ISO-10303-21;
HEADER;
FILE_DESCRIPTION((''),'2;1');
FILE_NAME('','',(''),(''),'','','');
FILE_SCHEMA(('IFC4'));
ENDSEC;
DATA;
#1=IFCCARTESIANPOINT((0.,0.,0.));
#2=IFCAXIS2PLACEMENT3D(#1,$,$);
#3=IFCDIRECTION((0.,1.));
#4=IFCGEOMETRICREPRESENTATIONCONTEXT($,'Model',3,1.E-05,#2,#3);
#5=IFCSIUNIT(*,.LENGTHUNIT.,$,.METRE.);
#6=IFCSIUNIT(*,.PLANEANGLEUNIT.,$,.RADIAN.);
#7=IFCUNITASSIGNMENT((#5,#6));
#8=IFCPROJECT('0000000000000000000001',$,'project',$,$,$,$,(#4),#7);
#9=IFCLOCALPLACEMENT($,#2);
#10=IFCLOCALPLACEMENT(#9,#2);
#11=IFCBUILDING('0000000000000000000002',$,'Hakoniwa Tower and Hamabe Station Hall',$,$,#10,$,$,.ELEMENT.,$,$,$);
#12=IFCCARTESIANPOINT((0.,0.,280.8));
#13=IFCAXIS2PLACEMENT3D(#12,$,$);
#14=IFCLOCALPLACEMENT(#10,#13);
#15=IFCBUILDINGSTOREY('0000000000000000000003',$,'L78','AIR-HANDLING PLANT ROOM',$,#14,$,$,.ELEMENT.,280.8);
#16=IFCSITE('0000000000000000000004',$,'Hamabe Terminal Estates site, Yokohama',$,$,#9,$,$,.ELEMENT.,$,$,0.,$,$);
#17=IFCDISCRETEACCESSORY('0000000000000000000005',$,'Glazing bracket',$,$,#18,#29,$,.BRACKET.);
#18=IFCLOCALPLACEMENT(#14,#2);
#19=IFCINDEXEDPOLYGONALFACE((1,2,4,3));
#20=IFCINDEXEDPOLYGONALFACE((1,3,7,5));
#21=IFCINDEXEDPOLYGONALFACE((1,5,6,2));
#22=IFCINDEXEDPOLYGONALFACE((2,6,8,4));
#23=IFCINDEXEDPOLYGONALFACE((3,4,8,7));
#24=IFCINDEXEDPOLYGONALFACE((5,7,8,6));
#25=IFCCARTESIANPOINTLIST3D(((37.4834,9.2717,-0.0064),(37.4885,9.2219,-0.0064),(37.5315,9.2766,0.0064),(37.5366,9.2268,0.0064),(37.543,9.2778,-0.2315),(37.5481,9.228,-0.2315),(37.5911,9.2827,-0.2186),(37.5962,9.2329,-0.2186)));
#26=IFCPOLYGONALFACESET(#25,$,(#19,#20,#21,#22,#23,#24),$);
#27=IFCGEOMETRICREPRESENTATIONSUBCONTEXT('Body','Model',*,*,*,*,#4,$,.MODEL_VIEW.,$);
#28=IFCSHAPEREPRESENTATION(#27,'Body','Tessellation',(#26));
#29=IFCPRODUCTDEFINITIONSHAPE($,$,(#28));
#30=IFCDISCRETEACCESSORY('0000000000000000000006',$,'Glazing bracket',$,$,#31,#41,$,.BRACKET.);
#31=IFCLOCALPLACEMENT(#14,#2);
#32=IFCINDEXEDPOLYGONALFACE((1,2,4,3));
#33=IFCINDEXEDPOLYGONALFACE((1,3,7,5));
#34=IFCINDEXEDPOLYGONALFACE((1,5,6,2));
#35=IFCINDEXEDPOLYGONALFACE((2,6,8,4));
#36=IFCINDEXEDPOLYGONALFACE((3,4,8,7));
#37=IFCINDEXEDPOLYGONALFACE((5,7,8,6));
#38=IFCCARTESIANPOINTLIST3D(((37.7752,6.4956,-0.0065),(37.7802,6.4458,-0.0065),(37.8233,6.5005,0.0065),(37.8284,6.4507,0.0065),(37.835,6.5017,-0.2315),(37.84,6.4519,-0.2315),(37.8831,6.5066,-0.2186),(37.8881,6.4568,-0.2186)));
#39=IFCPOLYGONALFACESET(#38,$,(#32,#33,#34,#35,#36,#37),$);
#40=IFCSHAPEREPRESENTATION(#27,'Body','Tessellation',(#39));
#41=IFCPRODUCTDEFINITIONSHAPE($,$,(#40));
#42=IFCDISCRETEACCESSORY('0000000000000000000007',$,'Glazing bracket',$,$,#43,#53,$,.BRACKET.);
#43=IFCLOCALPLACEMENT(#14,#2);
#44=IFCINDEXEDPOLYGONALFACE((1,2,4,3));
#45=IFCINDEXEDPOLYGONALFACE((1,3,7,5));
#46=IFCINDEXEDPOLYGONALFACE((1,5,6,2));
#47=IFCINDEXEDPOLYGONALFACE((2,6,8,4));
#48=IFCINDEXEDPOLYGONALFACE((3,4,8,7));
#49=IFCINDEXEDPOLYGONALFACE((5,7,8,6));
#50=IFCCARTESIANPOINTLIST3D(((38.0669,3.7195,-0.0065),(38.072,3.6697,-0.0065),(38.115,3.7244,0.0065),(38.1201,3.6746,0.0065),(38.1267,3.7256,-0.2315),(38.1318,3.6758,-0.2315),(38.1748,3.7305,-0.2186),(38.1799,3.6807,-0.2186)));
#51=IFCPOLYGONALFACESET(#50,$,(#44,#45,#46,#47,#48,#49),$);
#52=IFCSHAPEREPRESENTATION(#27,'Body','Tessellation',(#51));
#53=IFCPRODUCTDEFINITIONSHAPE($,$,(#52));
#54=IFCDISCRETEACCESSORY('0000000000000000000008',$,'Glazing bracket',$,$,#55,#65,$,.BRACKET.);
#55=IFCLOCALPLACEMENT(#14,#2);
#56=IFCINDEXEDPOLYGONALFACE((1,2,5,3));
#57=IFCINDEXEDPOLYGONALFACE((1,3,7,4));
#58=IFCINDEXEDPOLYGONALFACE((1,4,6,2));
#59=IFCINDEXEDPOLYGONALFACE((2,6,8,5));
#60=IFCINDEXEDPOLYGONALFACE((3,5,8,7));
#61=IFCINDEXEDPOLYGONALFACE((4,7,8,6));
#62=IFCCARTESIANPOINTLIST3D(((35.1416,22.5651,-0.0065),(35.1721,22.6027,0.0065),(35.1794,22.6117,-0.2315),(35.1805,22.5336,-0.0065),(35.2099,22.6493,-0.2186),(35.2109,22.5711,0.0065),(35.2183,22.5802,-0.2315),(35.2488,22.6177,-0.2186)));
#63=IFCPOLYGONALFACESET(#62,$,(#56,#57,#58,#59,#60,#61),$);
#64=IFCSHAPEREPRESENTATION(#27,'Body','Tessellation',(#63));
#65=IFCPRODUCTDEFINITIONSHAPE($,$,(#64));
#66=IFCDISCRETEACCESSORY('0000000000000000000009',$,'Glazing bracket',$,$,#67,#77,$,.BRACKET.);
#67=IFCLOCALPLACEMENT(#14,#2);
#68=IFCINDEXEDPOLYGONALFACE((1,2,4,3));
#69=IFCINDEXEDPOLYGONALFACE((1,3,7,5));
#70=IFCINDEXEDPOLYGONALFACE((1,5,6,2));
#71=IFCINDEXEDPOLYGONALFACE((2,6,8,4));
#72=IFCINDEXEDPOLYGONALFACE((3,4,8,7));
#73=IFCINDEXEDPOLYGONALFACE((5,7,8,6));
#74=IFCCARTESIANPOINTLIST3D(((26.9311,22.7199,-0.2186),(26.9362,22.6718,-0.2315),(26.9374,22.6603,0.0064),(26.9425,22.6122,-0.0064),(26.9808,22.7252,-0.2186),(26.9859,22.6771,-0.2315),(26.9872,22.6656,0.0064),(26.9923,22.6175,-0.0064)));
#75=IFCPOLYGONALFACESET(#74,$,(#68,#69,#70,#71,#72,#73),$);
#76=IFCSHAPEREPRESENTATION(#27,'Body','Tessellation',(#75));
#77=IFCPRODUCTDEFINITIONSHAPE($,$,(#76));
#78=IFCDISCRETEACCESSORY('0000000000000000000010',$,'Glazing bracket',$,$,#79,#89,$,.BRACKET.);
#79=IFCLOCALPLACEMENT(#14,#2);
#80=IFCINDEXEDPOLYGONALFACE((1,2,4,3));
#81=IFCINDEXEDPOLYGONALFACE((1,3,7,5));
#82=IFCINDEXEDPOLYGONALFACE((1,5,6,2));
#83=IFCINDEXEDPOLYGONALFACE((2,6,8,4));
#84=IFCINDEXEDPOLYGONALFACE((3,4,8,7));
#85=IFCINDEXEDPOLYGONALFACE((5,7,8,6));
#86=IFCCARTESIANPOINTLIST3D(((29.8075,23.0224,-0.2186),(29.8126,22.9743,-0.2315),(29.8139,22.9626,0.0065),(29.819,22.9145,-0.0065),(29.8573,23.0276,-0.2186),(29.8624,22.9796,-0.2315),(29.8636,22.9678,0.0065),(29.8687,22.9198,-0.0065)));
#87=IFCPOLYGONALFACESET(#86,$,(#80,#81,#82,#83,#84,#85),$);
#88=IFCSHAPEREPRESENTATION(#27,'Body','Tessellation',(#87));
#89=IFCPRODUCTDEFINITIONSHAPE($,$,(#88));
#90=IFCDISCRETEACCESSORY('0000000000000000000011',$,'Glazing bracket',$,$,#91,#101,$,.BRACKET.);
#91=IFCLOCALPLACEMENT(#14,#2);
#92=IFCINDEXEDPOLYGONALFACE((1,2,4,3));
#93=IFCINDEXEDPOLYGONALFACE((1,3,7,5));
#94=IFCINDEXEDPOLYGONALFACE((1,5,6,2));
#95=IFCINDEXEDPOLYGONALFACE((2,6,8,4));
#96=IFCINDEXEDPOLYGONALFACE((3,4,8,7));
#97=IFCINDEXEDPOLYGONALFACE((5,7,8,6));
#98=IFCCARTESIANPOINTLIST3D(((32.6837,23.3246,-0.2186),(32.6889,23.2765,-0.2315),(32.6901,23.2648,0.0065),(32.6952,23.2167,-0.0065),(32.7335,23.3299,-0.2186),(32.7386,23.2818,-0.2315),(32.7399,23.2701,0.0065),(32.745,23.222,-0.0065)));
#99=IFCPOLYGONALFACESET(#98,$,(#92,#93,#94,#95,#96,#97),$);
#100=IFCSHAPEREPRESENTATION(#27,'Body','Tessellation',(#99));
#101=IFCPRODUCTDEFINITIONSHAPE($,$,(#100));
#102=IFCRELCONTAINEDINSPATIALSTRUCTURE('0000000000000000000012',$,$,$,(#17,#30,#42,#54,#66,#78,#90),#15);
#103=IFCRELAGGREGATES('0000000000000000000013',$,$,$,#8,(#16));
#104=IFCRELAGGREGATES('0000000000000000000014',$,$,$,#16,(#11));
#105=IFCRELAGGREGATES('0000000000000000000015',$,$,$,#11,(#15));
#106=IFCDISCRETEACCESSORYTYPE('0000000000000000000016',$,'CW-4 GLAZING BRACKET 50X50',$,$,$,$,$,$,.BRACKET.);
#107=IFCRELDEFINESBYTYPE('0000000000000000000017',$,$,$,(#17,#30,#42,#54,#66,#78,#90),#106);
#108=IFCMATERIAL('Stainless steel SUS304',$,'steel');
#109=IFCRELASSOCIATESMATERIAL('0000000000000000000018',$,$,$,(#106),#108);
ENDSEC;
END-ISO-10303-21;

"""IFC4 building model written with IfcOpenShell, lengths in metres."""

from ifc_helpers import new_model, si_unit, direction, frame, origin, origin_2d, place, context, subcontext, project, spatial, rectangle, extrude, material, material_profile, profile_set, type_object, element, save


model = new_model("IFC4")

# Units and contexts
model_context = context("Model", 3, precision=1e-05, world=origin(), true_north=direction((0.0, 1.0)))
body_context = subcontext(model_context, "Body", "Model", "MODEL_VIEW")
ifc_project = project(units=[si_unit("LENGTHUNIT", "METRE"), si_unit("PLANEANGLEUNIT", "RADIAN")], contexts=[model_context])

# Site, building, storey
site_placement = place(None, origin())
site = spatial("IfcSite", under=ifc_project, at=site_placement, Name="Hamabe Terminal Estates site, Yokohama", CompositionType="ELEMENT", RefElevation=0.0)
building_placement = place(site_placement, origin())
building = spatial("IfcBuilding", under=site, at=building_placement, Name="Hakoniwa Tower and Hamabe Station Hall", CompositionType="ELEMENT")
storey_placement = place(building_placement, frame((0.0, 0.0, 280.8)))
storey = spatial("IfcBuildingStorey", under=building, at=storey_placement, Name="L78", Description="AIR-HANDLING PLANT ROOM", CompositionType="ELEMENT", Elevation=280.8)

# Discrete accessories
ifc_material_1 = material(Name="Stainless steel SUS304", Category="steel")
ifc_material_profile_1 = material_profile(ifc_material_1, rectangle(XDim=0.05, YDim=0.05, at=origin_2d()), Name="CW-4 GLAZING BRACKET 50X50")
ifc_profile_set_1 = profile_set([ifc_material_profile_1], Name="Stainless steel SUS304")
discrete_accessory_type = type_object("IfcDiscreteAccessoryType", Name="CW-4 GLAZING BRACKET 50X50", PredefinedType="BRACKET", material=ifc_profile_set_1)
for number, where, z_axis, x_axis, name in (
    (1, (37.51, 9.2493, 0.0), (0.255747, 0.026204, -0.966389), (-0.101925, 0.994792, 0.0), "Glazing bracket"),
    (2, (37.8018, 6.4731, 0.0), (0.256726, 0.026197, -0.966129), (-0.101514, 0.994834, 0.0), "Glazing bracket"),
    (3, (38.0935, 3.697, 0.0), (0.256726, 0.026197, -0.966129), (-0.101514, 0.994834, 0.0), "Glazing bracket"),
    (4, (35.1763, 22.5681, 0.0), (0.162432, 0.200158, -0.966205), (-0.776487, 0.630133, 0.0), "Glazing bracket"),
    (5, (26.9648, 22.6389, 0.0), (-0.027251, 0.25574, -0.966361), (-0.994371, -0.105958, 0.0), "Glazing bracket"),
    (6, (29.8413, 22.9412, 0.0), (-0.027244, 0.256719, -0.966102), (-0.994416, -0.10553, 0.0), "Glazing bracket"),
    (7, (32.7175, 23.2434, 0.0), (-0.027244, 0.256719, -0.966102), (-0.994416, -0.10553, 0.0), "Glazing bracket"),
):
    element("IfcDiscreteAccessory", number, at=place(storey_placement, frame(where, z_axis=z_axis, x_axis=x_axis)), inside=storey, type_object=discrete_accessory_type, Name=name, PredefinedType="BRACKET", context=body_context, shape_type="SweptSolid", body=[
        extrude(rectangle(XDim=0.05, YDim=0.05, at=origin_2d()), origin(), (0.0, 0.0, 1.0), 0.2329),
    ])

save(model, "model.ifc")
